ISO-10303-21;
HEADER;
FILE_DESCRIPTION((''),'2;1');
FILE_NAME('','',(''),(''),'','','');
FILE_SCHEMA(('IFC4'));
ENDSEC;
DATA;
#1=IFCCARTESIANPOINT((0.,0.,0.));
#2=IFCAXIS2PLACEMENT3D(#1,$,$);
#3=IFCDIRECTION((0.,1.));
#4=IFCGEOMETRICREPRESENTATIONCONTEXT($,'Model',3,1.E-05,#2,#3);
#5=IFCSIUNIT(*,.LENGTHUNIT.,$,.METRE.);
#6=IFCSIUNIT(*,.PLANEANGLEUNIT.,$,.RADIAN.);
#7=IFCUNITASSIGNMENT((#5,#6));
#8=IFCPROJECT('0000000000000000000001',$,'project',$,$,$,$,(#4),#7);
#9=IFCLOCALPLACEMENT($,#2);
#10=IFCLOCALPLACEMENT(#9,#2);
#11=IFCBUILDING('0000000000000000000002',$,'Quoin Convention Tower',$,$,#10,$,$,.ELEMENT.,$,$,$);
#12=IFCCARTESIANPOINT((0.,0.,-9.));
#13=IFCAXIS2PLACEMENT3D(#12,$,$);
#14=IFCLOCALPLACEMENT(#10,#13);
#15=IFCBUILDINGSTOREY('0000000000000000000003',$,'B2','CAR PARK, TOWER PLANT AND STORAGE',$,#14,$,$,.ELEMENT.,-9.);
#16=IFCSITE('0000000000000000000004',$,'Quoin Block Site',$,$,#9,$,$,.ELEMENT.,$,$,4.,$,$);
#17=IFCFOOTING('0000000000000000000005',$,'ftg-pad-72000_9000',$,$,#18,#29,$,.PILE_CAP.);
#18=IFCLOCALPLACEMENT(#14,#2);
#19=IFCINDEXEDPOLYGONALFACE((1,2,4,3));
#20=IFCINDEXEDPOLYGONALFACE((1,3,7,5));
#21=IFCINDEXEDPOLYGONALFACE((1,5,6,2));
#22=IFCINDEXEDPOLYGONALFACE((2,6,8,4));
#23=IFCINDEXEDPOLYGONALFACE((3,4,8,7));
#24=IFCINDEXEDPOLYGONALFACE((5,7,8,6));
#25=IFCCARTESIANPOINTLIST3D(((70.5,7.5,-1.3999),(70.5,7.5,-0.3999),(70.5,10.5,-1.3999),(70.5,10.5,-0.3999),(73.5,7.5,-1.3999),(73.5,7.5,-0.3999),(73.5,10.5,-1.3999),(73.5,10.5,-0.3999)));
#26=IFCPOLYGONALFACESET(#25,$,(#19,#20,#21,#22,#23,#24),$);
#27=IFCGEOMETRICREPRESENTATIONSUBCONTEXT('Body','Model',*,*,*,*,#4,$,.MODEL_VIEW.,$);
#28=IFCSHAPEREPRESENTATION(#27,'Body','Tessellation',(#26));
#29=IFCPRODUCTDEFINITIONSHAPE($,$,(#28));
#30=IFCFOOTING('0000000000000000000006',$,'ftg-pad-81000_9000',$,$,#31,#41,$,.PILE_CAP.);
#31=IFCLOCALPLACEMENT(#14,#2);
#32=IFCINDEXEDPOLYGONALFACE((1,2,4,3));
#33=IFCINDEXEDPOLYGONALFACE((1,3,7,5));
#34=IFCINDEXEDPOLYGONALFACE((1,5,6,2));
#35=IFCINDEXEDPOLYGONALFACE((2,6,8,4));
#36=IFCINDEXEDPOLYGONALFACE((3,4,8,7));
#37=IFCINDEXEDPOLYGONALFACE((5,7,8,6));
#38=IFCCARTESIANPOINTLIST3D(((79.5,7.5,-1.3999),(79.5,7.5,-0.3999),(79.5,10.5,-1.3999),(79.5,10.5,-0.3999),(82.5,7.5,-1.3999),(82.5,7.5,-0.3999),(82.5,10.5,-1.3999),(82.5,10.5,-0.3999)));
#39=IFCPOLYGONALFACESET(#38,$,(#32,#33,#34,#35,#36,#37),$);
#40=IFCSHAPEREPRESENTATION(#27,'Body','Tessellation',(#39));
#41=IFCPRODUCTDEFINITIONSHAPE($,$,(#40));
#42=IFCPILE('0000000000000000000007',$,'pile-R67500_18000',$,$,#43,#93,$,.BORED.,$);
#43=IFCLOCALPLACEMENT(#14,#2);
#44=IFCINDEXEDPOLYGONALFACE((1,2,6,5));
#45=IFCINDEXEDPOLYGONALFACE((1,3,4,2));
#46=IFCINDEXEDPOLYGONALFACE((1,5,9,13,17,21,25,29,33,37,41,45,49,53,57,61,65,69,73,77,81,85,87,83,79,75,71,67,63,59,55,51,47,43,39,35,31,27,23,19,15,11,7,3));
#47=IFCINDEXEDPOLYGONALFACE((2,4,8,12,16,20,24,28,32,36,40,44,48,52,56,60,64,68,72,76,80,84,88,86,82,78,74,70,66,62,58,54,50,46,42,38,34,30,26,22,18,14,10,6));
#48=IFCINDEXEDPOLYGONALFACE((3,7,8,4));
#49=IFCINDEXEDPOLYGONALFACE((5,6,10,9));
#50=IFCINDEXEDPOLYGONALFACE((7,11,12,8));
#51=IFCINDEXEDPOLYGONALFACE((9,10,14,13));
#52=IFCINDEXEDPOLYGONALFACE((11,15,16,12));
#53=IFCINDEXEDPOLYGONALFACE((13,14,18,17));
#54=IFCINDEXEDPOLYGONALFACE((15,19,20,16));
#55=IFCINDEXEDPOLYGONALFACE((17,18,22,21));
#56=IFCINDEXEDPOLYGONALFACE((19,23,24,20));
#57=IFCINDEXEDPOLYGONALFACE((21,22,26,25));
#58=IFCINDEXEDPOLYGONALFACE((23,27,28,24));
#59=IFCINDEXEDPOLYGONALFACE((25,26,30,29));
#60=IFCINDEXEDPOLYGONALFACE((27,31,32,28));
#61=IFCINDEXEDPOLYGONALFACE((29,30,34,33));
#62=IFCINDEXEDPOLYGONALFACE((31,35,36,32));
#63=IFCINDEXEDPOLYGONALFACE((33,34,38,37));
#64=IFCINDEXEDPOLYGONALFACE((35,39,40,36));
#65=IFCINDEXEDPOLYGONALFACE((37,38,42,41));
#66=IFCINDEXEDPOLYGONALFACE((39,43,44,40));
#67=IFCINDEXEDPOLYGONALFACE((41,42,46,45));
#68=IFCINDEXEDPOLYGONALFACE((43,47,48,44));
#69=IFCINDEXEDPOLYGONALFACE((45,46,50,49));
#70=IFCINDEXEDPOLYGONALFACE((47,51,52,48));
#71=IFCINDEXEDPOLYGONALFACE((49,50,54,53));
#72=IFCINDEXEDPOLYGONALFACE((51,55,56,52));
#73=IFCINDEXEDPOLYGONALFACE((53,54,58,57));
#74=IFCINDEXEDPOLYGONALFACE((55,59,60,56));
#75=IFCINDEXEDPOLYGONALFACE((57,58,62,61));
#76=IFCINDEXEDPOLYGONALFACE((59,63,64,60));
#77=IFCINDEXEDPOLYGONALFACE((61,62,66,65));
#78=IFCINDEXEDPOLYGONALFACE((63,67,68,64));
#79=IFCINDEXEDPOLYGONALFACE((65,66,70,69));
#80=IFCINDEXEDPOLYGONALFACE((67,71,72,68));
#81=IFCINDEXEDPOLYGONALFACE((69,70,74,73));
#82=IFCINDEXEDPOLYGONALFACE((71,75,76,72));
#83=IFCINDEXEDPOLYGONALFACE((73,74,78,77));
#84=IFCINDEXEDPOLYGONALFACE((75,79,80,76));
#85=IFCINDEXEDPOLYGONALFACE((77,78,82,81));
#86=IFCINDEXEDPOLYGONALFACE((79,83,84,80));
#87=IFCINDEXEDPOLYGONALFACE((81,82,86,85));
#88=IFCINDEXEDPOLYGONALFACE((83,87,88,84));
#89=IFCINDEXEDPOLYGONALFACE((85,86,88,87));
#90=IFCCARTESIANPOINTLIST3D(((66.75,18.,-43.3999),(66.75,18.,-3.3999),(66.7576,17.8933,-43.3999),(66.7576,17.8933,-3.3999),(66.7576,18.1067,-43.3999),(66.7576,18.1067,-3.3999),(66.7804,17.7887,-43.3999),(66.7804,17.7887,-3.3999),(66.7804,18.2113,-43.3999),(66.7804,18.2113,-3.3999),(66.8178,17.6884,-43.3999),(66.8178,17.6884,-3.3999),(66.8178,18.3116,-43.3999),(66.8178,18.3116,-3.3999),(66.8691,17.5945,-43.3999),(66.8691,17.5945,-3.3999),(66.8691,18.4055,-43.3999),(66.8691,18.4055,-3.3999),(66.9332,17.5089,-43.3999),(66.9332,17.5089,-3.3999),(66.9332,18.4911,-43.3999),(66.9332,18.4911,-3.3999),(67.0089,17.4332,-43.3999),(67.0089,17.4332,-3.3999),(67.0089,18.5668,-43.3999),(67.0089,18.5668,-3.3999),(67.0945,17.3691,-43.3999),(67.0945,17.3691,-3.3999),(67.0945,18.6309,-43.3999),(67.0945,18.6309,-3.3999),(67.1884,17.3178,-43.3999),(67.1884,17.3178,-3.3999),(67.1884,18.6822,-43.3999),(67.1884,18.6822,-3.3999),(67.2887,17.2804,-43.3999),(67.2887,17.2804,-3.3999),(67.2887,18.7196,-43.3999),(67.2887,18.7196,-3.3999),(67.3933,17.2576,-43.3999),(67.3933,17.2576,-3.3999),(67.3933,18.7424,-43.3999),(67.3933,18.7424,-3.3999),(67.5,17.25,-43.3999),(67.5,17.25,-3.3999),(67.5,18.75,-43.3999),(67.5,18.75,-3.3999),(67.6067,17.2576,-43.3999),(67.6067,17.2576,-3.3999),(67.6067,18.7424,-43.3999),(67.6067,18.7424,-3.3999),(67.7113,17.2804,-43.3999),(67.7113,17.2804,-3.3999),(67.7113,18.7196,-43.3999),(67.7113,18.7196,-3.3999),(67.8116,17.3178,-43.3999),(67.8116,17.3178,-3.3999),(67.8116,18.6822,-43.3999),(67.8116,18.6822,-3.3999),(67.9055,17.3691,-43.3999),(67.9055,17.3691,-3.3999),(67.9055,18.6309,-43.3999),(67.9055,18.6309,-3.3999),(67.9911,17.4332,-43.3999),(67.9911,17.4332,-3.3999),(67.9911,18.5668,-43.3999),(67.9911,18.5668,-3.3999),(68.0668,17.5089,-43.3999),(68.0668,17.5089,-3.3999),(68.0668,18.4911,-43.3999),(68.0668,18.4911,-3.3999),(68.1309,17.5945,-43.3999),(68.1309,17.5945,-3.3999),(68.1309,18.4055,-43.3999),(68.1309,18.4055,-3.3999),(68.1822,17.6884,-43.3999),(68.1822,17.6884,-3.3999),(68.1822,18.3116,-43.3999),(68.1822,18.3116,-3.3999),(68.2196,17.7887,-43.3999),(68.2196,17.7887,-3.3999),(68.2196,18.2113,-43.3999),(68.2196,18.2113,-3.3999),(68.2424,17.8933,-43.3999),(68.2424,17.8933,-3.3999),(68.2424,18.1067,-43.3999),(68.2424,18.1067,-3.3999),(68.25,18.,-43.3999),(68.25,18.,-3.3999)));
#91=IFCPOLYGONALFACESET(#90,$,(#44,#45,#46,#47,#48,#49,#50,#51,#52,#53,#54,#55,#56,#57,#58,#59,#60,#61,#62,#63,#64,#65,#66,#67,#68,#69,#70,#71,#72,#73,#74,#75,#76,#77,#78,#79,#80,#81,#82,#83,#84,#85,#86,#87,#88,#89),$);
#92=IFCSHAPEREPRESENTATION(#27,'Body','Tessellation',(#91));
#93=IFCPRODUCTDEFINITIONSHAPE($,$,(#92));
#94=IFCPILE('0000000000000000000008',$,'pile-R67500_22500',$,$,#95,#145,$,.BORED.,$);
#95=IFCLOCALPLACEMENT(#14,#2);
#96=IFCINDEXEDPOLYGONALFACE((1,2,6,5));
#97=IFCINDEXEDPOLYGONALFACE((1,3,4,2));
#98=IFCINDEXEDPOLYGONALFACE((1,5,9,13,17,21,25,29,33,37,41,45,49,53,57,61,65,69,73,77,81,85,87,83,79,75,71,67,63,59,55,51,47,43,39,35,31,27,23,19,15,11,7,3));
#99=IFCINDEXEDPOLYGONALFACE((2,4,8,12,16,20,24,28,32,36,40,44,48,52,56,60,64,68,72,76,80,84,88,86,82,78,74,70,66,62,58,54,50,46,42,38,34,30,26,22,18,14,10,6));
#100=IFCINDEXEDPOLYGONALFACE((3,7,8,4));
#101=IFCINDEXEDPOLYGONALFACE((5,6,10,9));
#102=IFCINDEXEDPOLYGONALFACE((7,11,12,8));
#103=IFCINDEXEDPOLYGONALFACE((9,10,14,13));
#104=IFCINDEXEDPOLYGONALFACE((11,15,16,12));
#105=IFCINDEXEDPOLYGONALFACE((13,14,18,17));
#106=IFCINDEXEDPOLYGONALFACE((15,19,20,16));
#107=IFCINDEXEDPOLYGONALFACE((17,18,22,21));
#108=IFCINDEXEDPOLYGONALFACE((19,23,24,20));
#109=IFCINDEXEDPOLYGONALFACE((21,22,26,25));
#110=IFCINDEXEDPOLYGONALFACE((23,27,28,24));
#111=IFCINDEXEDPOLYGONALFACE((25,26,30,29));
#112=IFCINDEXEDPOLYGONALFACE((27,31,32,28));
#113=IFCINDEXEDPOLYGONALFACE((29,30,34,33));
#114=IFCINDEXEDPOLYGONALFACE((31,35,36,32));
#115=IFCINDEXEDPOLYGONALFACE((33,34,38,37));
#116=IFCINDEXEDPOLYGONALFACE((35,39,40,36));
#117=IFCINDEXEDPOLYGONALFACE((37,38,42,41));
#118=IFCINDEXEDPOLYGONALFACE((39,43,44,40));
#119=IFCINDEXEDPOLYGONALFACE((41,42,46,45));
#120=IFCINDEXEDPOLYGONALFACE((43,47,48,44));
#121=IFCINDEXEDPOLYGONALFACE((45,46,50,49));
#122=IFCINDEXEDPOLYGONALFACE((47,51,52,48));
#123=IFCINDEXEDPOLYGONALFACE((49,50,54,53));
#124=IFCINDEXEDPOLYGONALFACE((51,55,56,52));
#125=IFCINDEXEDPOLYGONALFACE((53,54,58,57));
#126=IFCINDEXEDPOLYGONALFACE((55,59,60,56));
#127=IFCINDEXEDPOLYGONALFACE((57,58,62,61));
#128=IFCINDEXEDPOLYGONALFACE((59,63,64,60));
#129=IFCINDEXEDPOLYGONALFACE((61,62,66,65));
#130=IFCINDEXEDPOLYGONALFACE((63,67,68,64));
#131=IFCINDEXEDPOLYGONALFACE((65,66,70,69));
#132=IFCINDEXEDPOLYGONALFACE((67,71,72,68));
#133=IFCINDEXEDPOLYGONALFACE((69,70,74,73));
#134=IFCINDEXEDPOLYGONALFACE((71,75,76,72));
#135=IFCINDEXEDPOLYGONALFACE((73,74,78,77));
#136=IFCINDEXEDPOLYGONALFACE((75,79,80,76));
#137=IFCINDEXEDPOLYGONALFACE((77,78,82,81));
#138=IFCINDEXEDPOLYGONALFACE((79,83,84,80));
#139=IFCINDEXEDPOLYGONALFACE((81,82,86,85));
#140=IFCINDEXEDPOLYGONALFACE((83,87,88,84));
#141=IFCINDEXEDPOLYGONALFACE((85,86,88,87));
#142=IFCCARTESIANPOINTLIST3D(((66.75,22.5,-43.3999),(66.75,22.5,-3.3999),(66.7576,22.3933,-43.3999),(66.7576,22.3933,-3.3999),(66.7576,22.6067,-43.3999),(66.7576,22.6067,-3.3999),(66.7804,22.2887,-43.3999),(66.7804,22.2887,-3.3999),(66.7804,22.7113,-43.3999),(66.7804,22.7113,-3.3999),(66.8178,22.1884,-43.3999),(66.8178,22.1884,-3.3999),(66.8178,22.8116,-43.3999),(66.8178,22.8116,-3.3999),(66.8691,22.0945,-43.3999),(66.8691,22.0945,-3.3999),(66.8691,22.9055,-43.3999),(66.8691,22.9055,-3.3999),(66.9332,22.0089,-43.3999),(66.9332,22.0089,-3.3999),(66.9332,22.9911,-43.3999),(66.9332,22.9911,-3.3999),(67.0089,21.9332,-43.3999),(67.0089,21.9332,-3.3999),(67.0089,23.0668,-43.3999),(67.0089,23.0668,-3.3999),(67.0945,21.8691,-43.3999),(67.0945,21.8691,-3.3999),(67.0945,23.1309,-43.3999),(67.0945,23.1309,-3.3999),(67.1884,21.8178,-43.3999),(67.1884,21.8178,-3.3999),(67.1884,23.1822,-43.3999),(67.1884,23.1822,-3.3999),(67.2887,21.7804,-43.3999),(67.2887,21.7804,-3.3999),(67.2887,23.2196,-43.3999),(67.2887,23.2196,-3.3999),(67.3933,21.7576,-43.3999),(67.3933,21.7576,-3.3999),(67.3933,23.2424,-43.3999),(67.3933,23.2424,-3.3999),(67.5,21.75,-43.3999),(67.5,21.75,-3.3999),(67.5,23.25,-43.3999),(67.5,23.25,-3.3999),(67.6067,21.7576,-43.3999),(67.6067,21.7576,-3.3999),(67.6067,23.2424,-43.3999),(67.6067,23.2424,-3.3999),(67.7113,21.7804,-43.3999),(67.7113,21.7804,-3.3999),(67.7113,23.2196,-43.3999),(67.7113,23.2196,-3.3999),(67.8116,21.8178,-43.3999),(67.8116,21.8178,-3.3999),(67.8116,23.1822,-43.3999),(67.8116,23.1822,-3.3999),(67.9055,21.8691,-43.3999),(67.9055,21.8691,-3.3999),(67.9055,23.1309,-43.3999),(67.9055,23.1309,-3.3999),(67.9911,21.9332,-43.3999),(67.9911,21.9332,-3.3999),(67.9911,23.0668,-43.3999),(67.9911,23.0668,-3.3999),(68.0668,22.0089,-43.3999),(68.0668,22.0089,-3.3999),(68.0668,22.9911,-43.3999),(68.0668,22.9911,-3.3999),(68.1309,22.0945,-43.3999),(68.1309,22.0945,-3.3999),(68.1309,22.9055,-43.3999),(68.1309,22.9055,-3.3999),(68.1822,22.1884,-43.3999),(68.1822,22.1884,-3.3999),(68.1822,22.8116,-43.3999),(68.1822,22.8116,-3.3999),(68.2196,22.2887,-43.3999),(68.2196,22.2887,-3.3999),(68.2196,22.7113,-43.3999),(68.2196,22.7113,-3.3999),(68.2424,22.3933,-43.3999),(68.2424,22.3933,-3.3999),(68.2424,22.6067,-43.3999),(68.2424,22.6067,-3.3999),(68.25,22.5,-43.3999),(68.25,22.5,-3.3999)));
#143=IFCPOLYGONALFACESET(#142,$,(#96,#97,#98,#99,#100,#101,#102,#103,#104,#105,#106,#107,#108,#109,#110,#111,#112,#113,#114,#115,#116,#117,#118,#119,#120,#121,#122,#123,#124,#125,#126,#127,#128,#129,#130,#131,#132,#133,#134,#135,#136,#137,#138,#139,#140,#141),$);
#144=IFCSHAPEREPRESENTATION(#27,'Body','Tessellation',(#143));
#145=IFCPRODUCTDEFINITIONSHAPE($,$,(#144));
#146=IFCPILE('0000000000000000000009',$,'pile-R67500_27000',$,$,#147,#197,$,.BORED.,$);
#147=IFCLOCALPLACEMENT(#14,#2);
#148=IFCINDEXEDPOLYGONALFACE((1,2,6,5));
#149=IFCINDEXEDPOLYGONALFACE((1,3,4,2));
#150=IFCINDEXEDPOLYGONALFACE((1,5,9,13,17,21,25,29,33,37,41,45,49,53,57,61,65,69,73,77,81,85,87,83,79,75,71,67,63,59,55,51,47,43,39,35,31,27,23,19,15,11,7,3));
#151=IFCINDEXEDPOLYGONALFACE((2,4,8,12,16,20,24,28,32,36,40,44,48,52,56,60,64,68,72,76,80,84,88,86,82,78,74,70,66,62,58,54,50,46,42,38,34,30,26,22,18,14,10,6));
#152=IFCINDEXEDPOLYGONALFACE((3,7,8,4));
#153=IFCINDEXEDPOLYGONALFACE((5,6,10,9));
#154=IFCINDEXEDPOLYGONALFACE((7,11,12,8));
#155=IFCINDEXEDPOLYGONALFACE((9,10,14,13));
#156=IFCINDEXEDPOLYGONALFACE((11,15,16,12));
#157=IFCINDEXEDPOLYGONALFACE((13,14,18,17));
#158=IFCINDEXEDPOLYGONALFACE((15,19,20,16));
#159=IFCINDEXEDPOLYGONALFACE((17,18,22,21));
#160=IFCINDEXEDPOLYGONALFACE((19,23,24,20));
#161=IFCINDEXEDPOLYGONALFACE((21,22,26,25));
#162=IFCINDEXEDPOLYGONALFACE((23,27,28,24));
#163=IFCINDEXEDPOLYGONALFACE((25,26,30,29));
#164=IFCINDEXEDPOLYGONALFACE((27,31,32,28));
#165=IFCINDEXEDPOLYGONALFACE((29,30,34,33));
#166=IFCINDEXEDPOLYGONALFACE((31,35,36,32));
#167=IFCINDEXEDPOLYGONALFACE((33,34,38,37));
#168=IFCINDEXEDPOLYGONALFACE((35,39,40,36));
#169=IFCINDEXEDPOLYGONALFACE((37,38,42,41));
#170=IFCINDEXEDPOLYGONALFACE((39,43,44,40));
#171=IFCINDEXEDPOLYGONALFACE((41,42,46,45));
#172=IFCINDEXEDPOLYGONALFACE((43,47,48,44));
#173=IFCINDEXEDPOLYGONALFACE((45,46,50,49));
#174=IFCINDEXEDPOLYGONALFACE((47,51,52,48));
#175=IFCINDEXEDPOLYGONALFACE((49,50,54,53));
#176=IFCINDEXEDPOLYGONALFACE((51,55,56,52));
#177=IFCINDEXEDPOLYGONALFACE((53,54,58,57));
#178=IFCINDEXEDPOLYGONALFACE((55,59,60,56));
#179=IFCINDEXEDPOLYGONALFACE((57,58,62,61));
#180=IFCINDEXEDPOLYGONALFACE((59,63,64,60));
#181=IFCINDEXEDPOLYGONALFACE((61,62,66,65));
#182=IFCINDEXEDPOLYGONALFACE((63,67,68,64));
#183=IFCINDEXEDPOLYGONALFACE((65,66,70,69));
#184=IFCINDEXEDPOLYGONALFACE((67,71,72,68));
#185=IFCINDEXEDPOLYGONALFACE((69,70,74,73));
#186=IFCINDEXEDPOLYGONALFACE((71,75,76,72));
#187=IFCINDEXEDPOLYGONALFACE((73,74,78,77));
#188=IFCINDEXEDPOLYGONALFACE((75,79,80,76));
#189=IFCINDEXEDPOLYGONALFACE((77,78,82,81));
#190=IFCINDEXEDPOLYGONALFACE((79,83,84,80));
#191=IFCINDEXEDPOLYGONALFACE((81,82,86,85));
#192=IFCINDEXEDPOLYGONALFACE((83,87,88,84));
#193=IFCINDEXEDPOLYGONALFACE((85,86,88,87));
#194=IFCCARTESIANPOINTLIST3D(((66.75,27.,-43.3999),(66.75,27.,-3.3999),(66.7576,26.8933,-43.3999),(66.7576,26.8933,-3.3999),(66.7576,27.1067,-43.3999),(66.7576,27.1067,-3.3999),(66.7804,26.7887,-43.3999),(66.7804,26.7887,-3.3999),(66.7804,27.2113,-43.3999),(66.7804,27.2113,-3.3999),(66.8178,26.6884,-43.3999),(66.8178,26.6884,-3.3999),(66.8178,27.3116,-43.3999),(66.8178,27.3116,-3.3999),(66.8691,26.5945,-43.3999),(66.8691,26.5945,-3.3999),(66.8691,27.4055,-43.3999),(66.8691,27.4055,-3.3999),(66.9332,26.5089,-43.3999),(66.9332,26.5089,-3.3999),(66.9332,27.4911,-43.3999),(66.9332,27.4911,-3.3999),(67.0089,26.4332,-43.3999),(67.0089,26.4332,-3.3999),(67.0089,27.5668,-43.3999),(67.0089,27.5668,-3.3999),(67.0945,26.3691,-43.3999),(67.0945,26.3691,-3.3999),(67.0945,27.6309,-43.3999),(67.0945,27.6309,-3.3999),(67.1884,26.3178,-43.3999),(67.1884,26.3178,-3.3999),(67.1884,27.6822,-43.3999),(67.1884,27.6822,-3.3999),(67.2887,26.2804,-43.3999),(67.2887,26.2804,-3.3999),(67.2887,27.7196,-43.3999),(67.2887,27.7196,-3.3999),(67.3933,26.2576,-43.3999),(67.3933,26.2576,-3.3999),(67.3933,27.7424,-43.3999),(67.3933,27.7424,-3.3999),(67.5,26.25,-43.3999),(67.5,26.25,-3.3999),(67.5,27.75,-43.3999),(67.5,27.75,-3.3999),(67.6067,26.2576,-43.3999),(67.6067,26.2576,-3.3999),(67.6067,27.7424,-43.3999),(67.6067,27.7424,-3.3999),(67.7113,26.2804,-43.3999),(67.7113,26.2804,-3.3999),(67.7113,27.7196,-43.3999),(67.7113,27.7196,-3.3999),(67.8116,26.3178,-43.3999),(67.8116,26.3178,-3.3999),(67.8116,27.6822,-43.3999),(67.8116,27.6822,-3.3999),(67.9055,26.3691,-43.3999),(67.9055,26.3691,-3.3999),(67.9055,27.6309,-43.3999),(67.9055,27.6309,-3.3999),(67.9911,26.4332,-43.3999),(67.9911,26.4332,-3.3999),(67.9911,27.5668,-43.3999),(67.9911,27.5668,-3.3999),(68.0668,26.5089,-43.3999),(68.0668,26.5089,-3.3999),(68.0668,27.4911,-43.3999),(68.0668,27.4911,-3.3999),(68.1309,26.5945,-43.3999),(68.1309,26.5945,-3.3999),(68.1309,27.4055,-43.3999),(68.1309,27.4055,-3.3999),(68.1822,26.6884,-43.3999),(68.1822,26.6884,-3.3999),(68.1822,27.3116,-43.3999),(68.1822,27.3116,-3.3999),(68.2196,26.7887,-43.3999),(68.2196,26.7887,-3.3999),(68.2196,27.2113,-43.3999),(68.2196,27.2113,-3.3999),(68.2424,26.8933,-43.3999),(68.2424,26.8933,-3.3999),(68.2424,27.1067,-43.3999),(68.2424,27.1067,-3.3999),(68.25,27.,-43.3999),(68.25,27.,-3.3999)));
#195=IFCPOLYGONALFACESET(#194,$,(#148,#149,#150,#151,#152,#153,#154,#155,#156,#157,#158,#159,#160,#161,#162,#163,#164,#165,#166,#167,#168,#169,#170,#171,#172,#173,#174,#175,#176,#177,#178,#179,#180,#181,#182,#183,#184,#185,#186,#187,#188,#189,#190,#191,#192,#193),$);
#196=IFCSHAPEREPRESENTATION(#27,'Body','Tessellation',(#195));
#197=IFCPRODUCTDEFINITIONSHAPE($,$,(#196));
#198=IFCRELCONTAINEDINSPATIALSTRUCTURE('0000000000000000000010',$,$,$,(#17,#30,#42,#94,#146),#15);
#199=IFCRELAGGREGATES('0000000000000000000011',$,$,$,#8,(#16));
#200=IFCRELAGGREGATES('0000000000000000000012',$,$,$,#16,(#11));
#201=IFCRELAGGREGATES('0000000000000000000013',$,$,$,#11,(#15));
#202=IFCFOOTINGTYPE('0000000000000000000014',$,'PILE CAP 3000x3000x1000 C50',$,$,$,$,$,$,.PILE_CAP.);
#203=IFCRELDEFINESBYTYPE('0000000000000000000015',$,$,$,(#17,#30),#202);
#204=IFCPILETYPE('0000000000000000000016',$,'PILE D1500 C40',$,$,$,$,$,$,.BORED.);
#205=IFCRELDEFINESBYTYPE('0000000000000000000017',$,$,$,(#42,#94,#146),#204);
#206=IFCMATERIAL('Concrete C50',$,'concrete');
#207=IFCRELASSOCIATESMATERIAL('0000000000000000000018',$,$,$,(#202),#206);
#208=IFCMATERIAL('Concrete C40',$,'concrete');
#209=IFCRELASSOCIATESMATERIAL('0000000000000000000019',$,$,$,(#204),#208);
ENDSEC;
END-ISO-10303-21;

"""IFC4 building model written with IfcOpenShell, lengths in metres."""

from ifc_helpers import new_model, si_unit, direction, frame, origin, origin_2d, place, context, subcontext, project, spatial, rectangle, circle, extrude, material, material_profile, profile_set, type_object, element, save


model = new_model("IFC4")

# Units and contexts
model_context = context("Model", 3, precision=1e-05, world=origin(), true_north=direction((0.0, 1.0)))
body_context = subcontext(model_context, "Body", "Model", "MODEL_VIEW")
ifc_project = project(units=[si_unit("LENGTHUNIT", "METRE"), si_unit("PLANEANGLEUNIT", "RADIAN")], contexts=[model_context])

# Site, building, storey
site_placement = place(None, origin())
site = spatial("IfcSite", under=ifc_project, at=site_placement, Name="Quoin Block Site", CompositionType="ELEMENT", RefElevation=4.0)
building_placement = place(site_placement, origin())
building = spatial("IfcBuilding", under=site, at=building_placement, Name="Quoin Convention Tower", CompositionType="ELEMENT")
storey_placement = place(building_placement, frame((0.0, 0.0, -9.0)))
storey = spatial("IfcBuildingStorey", under=building, at=storey_placement, Name="B2", Description="CAR PARK, TOWER PLANT AND STORAGE", CompositionType="ELEMENT", Elevation=-9.0)

# Footings
ifc_material_1 = material(Name="Concrete C50", Category="concrete")
footing_type = type_object("IfcFootingType", Name="PILE CAP 3000x3000x1000 C50", PredefinedType="PILE_CAP", material=ifc_material_1)
for number, where, z_axis, x_axis, name in (
    (1, (72.0, 9.0, -1.3999), (0.0, 0.0, 1.0), (1.0, 0.0, 0.0), "ftg-pad-72000_9000"),
    (2, (81.0, 9.0, -1.3999), (0.0, 0.0, 1.0), (1.0, 0.0, 0.0), "ftg-pad-81000_9000"),
):
    element("IfcFooting", number, at=place(storey_placement, frame(where, z_axis=z_axis, x_axis=x_axis)), inside=storey, type_object=footing_type, Name=name, PredefinedType="PILE_CAP", context=body_context, shape_type="SweptSolid", body=[
        extrude(rectangle(XDim=3.0, YDim=3.0, at=origin_2d()), origin(), (0.0, 0.0, 1.0), 1.0),
    ])

# Piles
ifc_material_2 = material(Name="Concrete C40", Category="concrete")
ifc_material_profile_1 = material_profile(ifc_material_2, circle(Radius=0.75, at=origin_2d()), Name="D1500")
ifc_profile_set_1 = profile_set([ifc_material_profile_1], Name="Concrete C40")
pile_type = type_object("IfcPileType", Name="PILE D1500 C40", PredefinedType="BORED", material=ifc_profile_set_1)
for number, where, z_axis, x_axis, name in (
    (3, (67.5, 18.0, -3.3999), (0.0, 0.0, -1.0), (1.0, 0.0, 0.0), "pile-R67500_18000"),
    (4, (67.5, 22.5, -3.3999), (0.0, 0.0, -1.0), (1.0, 0.0, 0.0), "pile-R67500_22500"),
    (5, (67.5, 27.0, -3.3999), (0.0, 0.0, -1.0), (1.0, 0.0, 0.0), "pile-R67500_27000"),
):
    element("IfcPile", number, at=place(storey_placement, frame(where, z_axis=z_axis, x_axis=x_axis)), inside=storey, type_object=pile_type, Name=name, PredefinedType="BORED", context=body_context, shape_type="SweptSolid", body=[
        extrude(circle(Radius=0.75, at=origin_2d()), origin(), (0.0, 0.0, 1.0), 40.0),
    ])

save(model, "model.ifc")
